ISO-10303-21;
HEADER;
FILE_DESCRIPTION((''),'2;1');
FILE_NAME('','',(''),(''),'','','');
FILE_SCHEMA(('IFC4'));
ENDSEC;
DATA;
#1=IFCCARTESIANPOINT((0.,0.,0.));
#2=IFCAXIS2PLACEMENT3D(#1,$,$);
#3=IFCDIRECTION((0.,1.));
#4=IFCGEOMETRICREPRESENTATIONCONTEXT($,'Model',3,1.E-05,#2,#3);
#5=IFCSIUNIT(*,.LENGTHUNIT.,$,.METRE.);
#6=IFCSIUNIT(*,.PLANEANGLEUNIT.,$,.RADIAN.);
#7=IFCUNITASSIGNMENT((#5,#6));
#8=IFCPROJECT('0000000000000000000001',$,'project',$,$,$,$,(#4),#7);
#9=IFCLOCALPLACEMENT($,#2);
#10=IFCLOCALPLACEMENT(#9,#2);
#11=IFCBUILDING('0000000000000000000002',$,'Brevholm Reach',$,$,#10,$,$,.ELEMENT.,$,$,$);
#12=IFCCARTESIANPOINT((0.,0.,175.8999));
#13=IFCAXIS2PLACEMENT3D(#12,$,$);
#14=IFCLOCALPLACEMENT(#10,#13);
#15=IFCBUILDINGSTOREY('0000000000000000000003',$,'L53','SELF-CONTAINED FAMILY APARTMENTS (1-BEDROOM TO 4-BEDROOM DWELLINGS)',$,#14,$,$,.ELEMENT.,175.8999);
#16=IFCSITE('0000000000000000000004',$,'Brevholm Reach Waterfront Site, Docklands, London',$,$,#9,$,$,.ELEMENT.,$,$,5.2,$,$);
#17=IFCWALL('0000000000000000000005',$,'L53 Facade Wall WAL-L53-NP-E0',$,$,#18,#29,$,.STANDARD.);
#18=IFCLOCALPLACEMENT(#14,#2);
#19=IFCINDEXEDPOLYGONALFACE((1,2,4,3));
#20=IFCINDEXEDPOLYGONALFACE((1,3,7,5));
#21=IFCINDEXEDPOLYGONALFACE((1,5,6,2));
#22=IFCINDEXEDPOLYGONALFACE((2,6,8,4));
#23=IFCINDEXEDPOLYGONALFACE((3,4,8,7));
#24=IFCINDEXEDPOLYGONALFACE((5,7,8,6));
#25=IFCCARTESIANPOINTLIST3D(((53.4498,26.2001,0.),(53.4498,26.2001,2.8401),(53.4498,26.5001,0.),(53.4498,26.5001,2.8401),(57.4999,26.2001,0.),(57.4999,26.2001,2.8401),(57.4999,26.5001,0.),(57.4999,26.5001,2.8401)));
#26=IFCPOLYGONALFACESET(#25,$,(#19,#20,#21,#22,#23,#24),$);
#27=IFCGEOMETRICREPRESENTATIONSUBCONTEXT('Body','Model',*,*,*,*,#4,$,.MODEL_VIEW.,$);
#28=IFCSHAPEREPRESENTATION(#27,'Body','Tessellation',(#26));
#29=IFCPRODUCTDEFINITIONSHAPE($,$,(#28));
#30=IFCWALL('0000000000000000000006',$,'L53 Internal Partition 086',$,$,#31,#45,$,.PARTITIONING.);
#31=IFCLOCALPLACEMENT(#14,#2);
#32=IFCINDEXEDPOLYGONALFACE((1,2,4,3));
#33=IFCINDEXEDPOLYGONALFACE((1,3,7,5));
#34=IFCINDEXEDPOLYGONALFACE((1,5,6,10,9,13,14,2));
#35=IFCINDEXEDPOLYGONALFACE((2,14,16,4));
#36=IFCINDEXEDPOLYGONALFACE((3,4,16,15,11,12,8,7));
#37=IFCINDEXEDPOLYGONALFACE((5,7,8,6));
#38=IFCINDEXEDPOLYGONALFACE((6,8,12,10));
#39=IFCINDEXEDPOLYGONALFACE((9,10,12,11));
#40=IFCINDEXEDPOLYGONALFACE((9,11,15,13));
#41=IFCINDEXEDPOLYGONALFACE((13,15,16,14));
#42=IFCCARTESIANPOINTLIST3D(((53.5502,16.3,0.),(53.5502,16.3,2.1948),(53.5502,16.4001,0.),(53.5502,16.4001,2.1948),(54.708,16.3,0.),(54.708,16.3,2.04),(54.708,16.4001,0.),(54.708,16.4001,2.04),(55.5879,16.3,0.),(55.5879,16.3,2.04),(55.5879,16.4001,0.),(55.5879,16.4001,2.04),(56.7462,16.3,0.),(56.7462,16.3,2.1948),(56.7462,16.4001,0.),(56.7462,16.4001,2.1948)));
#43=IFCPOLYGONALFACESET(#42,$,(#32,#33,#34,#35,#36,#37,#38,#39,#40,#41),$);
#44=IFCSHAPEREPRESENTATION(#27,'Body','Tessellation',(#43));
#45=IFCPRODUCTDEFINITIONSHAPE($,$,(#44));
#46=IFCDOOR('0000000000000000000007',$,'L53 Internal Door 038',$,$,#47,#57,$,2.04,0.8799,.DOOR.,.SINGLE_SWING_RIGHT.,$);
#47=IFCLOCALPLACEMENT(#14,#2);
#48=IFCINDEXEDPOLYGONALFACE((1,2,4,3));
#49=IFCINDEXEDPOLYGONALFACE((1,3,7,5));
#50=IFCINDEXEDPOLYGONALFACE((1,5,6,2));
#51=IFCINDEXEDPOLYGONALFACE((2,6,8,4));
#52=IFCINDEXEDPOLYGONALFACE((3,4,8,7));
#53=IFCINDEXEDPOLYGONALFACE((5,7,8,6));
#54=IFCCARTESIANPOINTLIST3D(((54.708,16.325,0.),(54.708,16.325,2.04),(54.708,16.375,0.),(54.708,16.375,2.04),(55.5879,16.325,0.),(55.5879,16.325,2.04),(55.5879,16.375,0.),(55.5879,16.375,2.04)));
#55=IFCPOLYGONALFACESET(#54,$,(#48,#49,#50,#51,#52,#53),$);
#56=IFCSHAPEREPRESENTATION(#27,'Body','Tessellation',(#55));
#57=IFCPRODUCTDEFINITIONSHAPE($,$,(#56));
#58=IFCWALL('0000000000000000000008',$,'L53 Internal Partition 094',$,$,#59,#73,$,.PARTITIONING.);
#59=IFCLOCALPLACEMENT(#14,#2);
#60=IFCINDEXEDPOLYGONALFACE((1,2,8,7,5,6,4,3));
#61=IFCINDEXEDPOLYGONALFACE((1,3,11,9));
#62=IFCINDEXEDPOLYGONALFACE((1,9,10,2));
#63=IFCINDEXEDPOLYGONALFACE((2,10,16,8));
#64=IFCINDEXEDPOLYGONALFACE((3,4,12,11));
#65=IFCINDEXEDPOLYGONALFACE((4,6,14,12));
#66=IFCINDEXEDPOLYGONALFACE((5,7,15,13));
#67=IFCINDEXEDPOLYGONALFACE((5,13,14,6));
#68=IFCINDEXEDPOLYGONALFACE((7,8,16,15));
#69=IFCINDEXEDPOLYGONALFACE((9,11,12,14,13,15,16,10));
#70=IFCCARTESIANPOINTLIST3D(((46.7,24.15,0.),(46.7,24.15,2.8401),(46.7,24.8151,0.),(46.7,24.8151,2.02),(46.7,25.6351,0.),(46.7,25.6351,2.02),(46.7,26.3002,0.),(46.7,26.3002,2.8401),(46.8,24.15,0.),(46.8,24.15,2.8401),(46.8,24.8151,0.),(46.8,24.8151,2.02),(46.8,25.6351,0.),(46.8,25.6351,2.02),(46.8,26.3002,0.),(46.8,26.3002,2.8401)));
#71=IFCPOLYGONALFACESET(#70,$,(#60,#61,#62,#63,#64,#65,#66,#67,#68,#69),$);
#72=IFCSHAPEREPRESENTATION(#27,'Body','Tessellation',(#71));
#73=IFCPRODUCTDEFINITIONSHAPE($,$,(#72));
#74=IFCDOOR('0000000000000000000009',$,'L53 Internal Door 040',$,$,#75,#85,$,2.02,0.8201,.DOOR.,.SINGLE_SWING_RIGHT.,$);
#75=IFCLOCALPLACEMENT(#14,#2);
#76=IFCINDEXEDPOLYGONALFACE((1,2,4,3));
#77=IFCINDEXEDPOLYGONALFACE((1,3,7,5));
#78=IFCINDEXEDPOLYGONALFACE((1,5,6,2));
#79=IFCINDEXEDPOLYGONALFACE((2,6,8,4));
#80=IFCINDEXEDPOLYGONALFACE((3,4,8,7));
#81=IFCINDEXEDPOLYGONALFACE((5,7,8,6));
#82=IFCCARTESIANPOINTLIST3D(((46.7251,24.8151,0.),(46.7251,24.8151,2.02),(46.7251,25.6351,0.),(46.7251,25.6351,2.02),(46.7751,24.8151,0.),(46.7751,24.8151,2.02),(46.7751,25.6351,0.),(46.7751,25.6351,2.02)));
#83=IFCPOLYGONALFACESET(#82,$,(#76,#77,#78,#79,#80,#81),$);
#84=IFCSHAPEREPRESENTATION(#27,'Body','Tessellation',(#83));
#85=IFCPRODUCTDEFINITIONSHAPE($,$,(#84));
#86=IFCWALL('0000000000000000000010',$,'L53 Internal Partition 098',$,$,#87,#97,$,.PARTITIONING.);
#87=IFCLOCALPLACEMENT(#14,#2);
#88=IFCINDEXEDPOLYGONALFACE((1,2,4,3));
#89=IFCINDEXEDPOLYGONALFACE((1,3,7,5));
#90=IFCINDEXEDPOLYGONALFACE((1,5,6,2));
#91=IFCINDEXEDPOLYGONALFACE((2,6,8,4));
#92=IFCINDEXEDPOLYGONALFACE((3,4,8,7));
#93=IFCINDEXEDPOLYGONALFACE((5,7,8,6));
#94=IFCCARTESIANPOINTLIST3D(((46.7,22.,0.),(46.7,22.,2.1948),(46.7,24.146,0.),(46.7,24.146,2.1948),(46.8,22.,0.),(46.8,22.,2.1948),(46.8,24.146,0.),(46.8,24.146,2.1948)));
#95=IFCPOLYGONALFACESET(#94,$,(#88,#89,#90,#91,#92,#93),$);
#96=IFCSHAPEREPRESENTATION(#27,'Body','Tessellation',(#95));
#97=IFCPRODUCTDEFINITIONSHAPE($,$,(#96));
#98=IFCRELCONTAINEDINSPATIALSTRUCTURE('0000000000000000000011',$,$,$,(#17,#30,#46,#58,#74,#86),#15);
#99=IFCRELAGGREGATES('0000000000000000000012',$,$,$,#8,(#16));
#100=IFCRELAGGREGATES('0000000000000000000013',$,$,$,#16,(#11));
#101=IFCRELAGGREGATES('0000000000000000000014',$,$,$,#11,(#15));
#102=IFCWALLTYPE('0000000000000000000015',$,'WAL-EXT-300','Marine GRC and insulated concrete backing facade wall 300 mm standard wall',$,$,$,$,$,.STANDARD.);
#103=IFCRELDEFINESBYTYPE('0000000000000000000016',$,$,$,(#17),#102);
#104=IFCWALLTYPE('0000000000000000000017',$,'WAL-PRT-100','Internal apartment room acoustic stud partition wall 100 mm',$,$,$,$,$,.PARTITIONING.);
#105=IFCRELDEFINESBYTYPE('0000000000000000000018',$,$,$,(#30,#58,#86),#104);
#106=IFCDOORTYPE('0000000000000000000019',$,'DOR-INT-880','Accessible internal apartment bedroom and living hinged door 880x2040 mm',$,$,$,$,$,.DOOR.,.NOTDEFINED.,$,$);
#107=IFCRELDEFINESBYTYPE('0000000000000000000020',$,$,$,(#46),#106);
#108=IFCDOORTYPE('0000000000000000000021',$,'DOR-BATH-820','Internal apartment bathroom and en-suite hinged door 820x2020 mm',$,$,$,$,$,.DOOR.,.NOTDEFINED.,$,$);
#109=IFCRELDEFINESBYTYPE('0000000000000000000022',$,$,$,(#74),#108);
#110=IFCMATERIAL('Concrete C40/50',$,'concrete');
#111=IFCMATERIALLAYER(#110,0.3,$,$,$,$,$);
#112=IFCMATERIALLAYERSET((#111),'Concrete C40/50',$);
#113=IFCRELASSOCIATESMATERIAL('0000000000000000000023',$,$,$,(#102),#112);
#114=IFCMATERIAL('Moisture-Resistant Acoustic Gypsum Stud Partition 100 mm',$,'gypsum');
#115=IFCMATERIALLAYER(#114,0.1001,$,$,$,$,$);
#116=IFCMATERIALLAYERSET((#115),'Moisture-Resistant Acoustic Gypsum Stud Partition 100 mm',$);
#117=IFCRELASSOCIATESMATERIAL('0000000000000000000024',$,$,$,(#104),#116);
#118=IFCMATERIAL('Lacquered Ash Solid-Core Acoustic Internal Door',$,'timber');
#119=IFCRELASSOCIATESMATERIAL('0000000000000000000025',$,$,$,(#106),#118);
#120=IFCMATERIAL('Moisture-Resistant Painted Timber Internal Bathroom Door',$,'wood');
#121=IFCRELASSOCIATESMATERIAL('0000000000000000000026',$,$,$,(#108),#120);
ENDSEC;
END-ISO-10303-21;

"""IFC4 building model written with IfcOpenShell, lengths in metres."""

from ifc_helpers import new_model, si_unit, direction, frame, frame_2d, origin, place, context, subcontext, project, spatial, rectangle, extrude, material, layer, layer_set, type_object, element, fill, save


model = new_model("IFC4")

# Units and contexts
model_context = context("Model", 3, precision=1e-05, world=origin(), true_north=direction((0.0, 1.0)))
body_context = subcontext(model_context, "Body", "Model", "MODEL_VIEW")
ifc_project = project(units=[si_unit("LENGTHUNIT", "METRE"), si_unit("PLANEANGLEUNIT", "RADIAN")], contexts=[model_context])

# Site, building, storey
site_placement = place(None, origin())
site = spatial("IfcSite", under=ifc_project, at=site_placement, Name="Brevholm Reach Waterfront Site, Docklands, London", CompositionType="ELEMENT", RefElevation=5.2)
building_placement = place(site_placement, origin())
building = spatial("IfcBuilding", under=site, at=building_placement, Name="Brevholm Reach", CompositionType="ELEMENT")
storey_placement = place(building_placement, frame((0.0, 0.0, 175.8999)))
storey = spatial("IfcBuildingStorey", under=building, at=storey_placement, Name="L53", Description="SELF-CONTAINED FAMILY APARTMENTS (1-BEDROOM TO 4-BEDROOM DWELLINGS)", CompositionType="ELEMENT", Elevation=175.8999)

# Wall
ifc_material_1 = material(Name="Concrete C40/50", Category="concrete")
ifc_layer_1 = layer(ifc_material_1, 0.3)
ifc_layer_set_1 = layer_set([ifc_layer_1], Name="Concrete C40/50")
wall_type_1 = type_object("IfcWallType", Name="WAL-EXT-300", Description="Marine GRC and insulated concrete backing facade wall 300 mm standard wall", PredefinedType="STANDARD", material=ifc_layer_set_1)
wall_1_placement = place(storey_placement, frame((53.45, 26.3501, 0.0), z_axis=(0.0, 0.0, 1.0), x_axis=(1.0, 0.0, 0.0)))
element("IfcWall", 1, at=wall_1_placement, inside=storey, type_object=wall_type_1, Name="L53 Facade Wall WAL-L53-NP-E0", PredefinedType="STANDARD", context=body_context, shape_type="SweptSolid", body=[
    extrude(rectangle(XDim=4.05, YDim=0.3, at=frame_2d((2.0249, 0.0))), origin(), (0.0, 0.0, 1.0), 2.8401),
])

# Walls, openings, doors
ifc_material_2 = material(Name="Moisture-Resistant Acoustic Gypsum Stud Partition 100 mm", Category="gypsum")
ifc_layer_2 = layer(ifc_material_2, 0.1001)
ifc_layer_set_2 = layer_set([ifc_layer_2], Name="Moisture-Resistant Acoustic Gypsum Stud Partition 100 mm")
wall_type_2 = type_object("IfcWallType", Name="WAL-PRT-100", Description="Internal apartment room acoustic stud partition wall 100 mm", PredefinedType="PARTITIONING", material=ifc_layer_set_2)
wall_2_placement = place(storey_placement, frame((53.55, 16.3501, 0.0), z_axis=(0.0, 0.0, 1.0), x_axis=(1.0, 0.0, 0.0)))
wall_2 = element("IfcWall", 2, at=wall_2_placement, inside=storey, type_object=wall_type_2, Name="L53 Internal Partition 086", PredefinedType="PARTITIONING", context=body_context, shape_type="SweptSolid", body=[
    extrude(rectangle(XDim=3.196, YDim=0.1001, at=frame_2d((1.5981, 0.0))), origin(), (0.0, 0.0, 1.0), 2.1948),
])
opening_1_placement = place(wall_2_placement, frame((1.158, 0.0, 0.0)))
opening_1 = element("IfcOpeningElement", 3, at=opening_1_placement, cuts=wall_2, PredefinedType="OPENING", context=body_context, shape_type="SweptSolid", body=[
    extrude(rectangle(XDim=0.8799, YDim=2.04, at=frame_2d((0.4399, 1.02))), frame((0.0, 0.0601, 0.0), z_axis=(0.0, -1.0, 0.0), x_axis=(1.0, 0.0, 0.0)), (0.0, 0.0, 1.0), 0.1201),
])
ifc_material_3 = material(Name="Lacquered Ash Solid-Core Acoustic Internal Door", Category="timber")
door_type_1 = type_object("IfcDoorType", Name="DOR-INT-880", Description="Accessible internal apartment bedroom and living hinged door 880x2040 mm", OperationType="NOTDEFINED", PredefinedType="DOOR", material=ifc_material_3)
door_1_placement = place(opening_1_placement, origin())
door_1 = element("IfcDoor", 4, at=door_1_placement, inside=storey, type_object=door_type_1, Name="L53 Internal Door 038", OperationType="SINGLE_SWING_RIGHT", OverallHeight=2.04, OverallWidth=0.8799, PredefinedType="DOOR", context=body_context, shape_type="SweptSolid", body=[
    extrude(rectangle(XDim=0.8799, YDim=2.04, at=frame_2d((0.4399, 1.02))), frame((0.0, 0.0249, 0.0), z_axis=(0.0, -1.0, 0.0), x_axis=(1.0, 0.0, 0.0)), (0.0, 0.0, 1.0), 0.05),
])
fill(opening_1, door_1)
wall_3_placement = place(storey_placement, frame((46.75, 24.1499, 0.0), z_axis=(0.0, 0.0, 1.0), x_axis=(0.0, 1.0, 0.0)))
wall_3 = element("IfcWall", 5, at=wall_3_placement, inside=storey, type_object=wall_type_2, Name="L53 Internal Partition 094", PredefinedType="PARTITIONING", context=body_context, shape_type="SweptSolid", body=[
    extrude(rectangle(XDim=2.1501, YDim=0.1001, at=frame_2d((1.0752, 0.0))), origin(), (0.0, 0.0, 1.0), 2.8401),
])
opening_2_placement = place(wall_3_placement, frame((0.665, 0.0, 0.0)))
opening_2 = element("IfcOpeningElement", 6, at=opening_2_placement, cuts=wall_3, PredefinedType="OPENING", context=body_context, shape_type="SweptSolid", body=[
    extrude(rectangle(XDim=0.8201, YDim=2.02, at=frame_2d((0.4102, 1.01))), frame((0.0, 0.0601, 0.0), z_axis=(0.0, -1.0, 0.0), x_axis=(1.0, 0.0, 0.0)), (0.0, 0.0, 1.0), 0.1201),
])
ifc_material_4 = material(Name="Moisture-Resistant Painted Timber Internal Bathroom Door", Category="wood")
door_type_2 = type_object("IfcDoorType", Name="DOR-BATH-820", Description="Internal apartment bathroom and en-suite hinged door 820x2020 mm", OperationType="NOTDEFINED", PredefinedType="DOOR", material=ifc_material_4)
door_2_placement = place(opening_2_placement, origin())
door_2 = element("IfcDoor", 7, at=door_2_placement, inside=storey, type_object=door_type_2, Name="L53 Internal Door 040", OperationType="SINGLE_SWING_RIGHT", OverallHeight=2.02, OverallWidth=0.8201, PredefinedType="DOOR", context=body_context, shape_type="SweptSolid", body=[
    extrude(rectangle(XDim=0.8201, YDim=2.02, at=frame_2d((0.4102, 1.01))), frame((0.0, 0.0249, 0.0), z_axis=(0.0, -1.0, 0.0), x_axis=(1.0, 0.0, 0.0)), (0.0, 0.0, 1.0), 0.05),
])
fill(opening_2, door_2)

# Wall
wall_4_placement = place(storey_placement, frame((46.75, 22.0, 0.0), z_axis=(0.0, 0.0, 1.0), x_axis=(0.0, 1.0, 0.0)))
element("IfcWall", 8, at=wall_4_placement, inside=storey, type_object=wall_type_2, Name="L53 Internal Partition 098", PredefinedType="PARTITIONING", context=body_context, shape_type="SweptSolid", body=[
    extrude(rectangle(XDim=2.146, YDim=0.1001, at=frame_2d((1.073, 0.0))), origin(), (0.0, 0.0, 1.0), 2.1948),
])

save(model, "model.ifc")
